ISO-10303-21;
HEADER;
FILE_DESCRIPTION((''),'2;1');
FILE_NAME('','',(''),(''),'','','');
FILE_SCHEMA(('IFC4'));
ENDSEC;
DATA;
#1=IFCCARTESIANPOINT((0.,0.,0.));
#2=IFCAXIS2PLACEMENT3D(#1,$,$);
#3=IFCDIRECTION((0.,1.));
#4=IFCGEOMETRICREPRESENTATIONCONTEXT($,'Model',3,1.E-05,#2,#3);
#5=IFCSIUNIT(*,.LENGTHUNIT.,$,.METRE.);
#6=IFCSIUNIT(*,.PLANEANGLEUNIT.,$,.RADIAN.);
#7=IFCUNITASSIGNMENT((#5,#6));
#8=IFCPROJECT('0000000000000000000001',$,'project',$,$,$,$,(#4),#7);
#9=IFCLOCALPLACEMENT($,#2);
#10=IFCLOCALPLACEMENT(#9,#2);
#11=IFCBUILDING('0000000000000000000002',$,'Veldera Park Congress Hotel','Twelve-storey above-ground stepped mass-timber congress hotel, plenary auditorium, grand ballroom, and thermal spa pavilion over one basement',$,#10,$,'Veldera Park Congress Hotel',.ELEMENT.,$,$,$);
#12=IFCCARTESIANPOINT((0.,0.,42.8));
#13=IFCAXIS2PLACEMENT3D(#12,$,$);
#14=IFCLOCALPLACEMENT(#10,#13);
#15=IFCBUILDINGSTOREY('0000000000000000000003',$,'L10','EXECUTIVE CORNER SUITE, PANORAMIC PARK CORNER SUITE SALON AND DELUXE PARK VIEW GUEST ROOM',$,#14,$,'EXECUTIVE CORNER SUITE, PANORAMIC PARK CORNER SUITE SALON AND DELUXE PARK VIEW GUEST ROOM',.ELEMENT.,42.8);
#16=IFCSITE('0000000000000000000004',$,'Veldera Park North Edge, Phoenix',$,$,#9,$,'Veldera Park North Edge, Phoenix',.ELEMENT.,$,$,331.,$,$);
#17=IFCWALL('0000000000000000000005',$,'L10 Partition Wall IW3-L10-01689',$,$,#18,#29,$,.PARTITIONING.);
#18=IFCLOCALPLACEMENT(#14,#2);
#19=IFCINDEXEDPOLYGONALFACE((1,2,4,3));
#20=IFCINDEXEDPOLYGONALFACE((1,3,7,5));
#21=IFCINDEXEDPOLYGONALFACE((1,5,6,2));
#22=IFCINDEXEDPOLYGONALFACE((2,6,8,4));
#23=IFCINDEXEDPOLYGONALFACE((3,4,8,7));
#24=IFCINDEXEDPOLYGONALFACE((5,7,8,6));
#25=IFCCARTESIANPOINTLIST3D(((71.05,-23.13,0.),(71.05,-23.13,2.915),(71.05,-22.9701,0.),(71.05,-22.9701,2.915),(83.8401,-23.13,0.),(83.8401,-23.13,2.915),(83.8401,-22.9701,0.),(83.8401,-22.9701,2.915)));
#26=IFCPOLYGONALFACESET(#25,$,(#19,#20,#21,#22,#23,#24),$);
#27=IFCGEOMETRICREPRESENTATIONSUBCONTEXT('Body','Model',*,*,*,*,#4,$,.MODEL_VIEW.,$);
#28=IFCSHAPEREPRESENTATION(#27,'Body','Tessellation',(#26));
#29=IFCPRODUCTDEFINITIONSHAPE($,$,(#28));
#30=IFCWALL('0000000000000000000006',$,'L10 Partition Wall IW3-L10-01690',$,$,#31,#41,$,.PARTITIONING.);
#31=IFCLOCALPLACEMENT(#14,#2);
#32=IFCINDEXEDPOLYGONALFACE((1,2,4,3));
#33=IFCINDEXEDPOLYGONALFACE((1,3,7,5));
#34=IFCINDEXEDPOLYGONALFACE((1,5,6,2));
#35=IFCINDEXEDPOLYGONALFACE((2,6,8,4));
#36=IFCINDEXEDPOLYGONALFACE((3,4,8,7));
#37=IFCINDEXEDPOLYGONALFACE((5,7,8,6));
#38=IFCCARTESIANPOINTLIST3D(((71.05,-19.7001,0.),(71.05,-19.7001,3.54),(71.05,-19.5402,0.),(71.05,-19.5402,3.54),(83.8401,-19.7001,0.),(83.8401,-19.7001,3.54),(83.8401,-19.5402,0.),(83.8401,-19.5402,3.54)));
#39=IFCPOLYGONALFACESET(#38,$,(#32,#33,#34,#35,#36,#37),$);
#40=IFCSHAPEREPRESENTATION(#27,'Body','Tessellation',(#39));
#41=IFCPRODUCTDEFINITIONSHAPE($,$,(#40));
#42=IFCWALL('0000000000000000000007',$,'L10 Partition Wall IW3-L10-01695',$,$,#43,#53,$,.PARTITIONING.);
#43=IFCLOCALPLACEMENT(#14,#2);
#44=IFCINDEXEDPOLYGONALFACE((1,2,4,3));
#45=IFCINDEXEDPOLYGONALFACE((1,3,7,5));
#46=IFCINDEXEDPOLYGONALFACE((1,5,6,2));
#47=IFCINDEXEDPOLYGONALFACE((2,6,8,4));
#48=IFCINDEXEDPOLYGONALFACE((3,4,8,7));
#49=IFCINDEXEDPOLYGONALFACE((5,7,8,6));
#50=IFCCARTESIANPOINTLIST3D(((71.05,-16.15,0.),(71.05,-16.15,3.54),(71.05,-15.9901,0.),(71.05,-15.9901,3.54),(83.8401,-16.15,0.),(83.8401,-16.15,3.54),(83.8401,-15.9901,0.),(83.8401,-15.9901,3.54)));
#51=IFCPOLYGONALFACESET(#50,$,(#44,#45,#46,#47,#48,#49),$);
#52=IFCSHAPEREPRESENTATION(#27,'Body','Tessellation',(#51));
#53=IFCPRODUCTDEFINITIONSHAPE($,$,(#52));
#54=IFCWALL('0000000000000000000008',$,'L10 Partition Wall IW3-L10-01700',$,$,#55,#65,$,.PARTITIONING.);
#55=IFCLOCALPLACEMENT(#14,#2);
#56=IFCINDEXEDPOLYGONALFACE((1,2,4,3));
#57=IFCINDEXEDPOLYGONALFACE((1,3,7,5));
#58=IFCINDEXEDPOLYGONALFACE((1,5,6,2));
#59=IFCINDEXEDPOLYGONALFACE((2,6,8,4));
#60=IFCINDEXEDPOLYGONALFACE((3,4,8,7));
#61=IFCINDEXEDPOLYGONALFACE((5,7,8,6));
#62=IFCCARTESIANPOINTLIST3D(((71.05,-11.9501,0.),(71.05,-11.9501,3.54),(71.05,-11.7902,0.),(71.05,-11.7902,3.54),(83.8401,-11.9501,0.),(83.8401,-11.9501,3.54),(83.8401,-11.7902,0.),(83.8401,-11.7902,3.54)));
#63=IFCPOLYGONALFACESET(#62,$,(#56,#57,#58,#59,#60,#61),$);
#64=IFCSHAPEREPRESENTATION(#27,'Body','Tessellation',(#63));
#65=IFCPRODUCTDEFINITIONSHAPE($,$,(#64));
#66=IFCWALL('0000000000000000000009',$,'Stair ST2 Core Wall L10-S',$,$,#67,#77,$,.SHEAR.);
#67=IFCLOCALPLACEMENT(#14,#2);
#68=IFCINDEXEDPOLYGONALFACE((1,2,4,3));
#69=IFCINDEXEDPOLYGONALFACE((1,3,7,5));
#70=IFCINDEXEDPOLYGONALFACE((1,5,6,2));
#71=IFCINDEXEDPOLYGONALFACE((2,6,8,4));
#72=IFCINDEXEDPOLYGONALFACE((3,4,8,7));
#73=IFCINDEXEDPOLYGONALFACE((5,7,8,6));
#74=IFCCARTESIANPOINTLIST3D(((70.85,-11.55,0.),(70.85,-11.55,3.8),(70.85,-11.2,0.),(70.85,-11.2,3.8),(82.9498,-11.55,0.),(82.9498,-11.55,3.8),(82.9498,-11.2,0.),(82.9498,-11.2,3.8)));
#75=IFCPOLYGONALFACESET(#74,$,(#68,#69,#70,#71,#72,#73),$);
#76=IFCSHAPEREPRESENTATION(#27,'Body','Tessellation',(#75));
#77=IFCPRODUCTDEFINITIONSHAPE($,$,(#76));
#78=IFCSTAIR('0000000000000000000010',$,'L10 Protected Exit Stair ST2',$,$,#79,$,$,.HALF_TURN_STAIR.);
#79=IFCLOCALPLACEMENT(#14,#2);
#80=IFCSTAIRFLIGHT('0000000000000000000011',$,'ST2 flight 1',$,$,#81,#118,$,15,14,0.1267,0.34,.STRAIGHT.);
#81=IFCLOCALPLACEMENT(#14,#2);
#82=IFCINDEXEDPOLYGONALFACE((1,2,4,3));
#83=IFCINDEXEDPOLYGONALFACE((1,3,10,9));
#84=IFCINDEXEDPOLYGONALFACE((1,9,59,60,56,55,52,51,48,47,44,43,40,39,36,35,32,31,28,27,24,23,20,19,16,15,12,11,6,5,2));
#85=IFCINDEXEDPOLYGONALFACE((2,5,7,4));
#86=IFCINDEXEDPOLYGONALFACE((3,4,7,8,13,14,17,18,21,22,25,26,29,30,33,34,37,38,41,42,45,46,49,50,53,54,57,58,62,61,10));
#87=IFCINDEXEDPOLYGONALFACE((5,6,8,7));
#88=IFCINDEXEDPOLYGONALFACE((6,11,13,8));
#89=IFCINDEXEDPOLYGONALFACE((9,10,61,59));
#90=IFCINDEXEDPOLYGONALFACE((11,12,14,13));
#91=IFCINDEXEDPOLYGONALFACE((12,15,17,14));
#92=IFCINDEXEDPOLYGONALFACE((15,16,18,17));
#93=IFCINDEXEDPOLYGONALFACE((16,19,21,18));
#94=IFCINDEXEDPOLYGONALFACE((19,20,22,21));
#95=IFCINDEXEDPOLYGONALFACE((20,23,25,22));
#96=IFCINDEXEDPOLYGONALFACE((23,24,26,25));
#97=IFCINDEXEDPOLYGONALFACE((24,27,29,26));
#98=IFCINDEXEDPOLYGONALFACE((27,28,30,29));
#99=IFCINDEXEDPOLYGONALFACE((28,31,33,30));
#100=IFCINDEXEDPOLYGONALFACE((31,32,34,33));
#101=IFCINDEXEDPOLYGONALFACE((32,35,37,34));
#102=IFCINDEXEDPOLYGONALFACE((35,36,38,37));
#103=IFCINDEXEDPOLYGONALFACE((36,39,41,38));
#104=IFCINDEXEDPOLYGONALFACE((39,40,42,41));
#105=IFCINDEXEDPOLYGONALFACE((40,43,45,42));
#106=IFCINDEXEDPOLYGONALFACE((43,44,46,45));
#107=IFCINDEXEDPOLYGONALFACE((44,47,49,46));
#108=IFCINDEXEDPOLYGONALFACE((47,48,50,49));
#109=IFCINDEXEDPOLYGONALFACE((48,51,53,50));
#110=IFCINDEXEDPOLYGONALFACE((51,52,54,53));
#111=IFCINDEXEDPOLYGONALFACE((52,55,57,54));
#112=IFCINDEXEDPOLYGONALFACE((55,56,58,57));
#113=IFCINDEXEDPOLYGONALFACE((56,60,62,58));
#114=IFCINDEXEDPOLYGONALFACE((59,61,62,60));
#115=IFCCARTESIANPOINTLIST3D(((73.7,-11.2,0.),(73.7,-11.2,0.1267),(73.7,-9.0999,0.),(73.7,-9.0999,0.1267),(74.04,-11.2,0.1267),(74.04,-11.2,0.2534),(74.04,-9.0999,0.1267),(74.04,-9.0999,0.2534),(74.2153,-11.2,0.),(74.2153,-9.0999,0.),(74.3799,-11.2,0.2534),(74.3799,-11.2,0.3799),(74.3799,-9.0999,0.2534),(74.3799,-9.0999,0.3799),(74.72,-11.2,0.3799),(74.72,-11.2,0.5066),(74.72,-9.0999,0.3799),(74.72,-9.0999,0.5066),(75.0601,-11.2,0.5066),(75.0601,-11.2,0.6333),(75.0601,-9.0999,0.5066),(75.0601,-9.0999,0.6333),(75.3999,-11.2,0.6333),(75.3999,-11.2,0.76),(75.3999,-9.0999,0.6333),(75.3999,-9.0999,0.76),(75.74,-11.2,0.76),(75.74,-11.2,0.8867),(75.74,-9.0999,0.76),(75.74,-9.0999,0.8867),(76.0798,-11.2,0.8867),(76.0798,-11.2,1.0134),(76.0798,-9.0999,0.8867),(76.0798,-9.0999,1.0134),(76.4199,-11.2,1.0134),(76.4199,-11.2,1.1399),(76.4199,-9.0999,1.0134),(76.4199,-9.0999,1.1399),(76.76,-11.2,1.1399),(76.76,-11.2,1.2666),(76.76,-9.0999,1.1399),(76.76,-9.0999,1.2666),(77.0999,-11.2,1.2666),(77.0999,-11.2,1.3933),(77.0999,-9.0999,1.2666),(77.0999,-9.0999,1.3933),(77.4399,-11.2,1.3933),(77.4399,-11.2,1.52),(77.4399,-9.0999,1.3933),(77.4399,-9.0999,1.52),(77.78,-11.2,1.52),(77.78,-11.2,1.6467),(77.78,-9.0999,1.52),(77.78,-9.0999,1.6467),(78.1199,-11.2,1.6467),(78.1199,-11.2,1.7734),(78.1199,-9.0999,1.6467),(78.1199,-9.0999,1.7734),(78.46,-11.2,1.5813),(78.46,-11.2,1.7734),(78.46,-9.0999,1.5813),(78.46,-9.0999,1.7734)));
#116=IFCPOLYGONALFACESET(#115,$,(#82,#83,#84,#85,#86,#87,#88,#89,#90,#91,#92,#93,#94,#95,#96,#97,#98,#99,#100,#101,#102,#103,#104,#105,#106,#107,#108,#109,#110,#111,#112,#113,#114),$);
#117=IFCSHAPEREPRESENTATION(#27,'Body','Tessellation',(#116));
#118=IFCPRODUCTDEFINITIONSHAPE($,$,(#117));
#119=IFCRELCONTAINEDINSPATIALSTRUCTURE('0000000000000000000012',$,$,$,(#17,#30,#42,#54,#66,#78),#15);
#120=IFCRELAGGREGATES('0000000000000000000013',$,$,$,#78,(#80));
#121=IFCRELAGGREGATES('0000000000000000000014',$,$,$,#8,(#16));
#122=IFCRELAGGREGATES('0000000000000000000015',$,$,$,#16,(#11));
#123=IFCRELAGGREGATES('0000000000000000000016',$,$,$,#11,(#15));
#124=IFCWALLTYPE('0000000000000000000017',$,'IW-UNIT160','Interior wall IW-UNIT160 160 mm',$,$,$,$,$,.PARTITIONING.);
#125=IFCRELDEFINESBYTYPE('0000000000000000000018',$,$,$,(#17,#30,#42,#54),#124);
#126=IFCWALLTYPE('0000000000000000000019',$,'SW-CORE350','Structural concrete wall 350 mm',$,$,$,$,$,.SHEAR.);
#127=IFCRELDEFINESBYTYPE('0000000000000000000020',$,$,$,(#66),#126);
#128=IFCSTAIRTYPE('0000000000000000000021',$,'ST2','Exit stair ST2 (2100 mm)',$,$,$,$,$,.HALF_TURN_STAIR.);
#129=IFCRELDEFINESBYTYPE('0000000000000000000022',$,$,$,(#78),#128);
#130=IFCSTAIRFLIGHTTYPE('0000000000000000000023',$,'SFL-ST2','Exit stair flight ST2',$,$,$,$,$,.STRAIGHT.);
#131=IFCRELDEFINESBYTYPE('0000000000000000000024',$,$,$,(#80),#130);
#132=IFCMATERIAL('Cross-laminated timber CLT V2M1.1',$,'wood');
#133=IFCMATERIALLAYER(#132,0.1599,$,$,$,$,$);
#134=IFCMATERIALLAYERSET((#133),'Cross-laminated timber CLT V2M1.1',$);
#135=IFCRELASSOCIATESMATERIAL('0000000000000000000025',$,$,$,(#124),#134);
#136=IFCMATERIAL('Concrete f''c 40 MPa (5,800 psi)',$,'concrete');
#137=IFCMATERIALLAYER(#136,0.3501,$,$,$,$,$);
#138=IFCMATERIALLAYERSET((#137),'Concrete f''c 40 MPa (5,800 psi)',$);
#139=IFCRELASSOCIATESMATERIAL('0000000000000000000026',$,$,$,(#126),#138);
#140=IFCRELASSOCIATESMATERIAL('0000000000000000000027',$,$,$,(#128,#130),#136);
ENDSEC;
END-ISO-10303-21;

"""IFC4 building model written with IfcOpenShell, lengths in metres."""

from ifc_helpers import new_model, si_unit, direction, frame, frame_2d, origin, place, context, subcontext, project, spatial, polyline, rectangle, outline, extrude, material, layer, layer_set, type_object, element, aggregate, save


model = new_model("IFC4")

# Units and contexts
model_context = context("Model", 3, precision=1e-05, world=origin(), true_north=direction((0.0, 1.0)))
body_context = subcontext(model_context, "Body", "Model", "MODEL_VIEW")
ifc_project = project(units=[si_unit("LENGTHUNIT", "METRE"), si_unit("PLANEANGLEUNIT", "RADIAN")], contexts=[model_context])

# Site, building, storey
site_placement = place(None, origin())
site = spatial("IfcSite", under=ifc_project, at=site_placement, Name="Veldera Park North Edge, Phoenix", LongName="Veldera Park North Edge, Phoenix", CompositionType="ELEMENT", RefElevation=331.0)
building_placement = place(site_placement, origin())
building = spatial("IfcBuilding", under=site, at=building_placement, Name="Veldera Park Congress Hotel", Description="Twelve-storey above-ground stepped mass-timber congress hotel, plenary auditorium, grand ballroom, and thermal spa pavilion over one basement", LongName="Veldera Park Congress Hotel", CompositionType="ELEMENT")
storey_placement = place(building_placement, frame((0.0, 0.0, 42.8)))
storey = spatial("IfcBuildingStorey", under=building, at=storey_placement, Name="L10", Description="EXECUTIVE CORNER SUITE, PANORAMIC PARK CORNER SUITE SALON AND DELUXE PARK VIEW GUEST ROOM", LongName="EXECUTIVE CORNER SUITE, PANORAMIC PARK CORNER SUITE SALON AND DELUXE PARK VIEW GUEST ROOM", CompositionType="ELEMENT", Elevation=42.8)

# Walls
ifc_material_1 = material(Name="Cross-laminated timber CLT V2M1.1", Category="wood")
ifc_layer_1 = layer(ifc_material_1, 0.1599)
ifc_layer_set_1 = layer_set([ifc_layer_1], Name="Cross-laminated timber CLT V2M1.1")
wall_type_1 = type_object("IfcWallType", Name="IW-UNIT160", Description="Interior wall IW-UNIT160 160 mm", PredefinedType="PARTITIONING", material=ifc_layer_set_1)
wall_1_placement = place(storey_placement, frame((71.05, -23.05, 0.0), z_axis=(0.0, 0.0, 1.0), x_axis=(1.0, 0.0, 0.0)))
element("IfcWall", 1, at=wall_1_placement, inside=storey, type_object=wall_type_1, Name="L10 Partition Wall IW3-L10-01689", PredefinedType="PARTITIONING", context=body_context, shape_type="SweptSolid", body=[
    extrude(rectangle(XDim=12.79, YDim=0.1599, at=frame_2d((6.395, 0.0))), origin(), (0.0, 0.0, 1.0), 2.915),
])
for number, where, z_axis, x_axis, name in (
    (2, (71.05, -19.6201, 0.0), (0.0, 0.0, 1.0), (1.0, 0.0, 0.0), "L10 Partition Wall IW3-L10-01690"),
    (3, (71.05, -16.0701, 0.0), (0.0, 0.0, 1.0), (1.0, 0.0, 0.0), "L10 Partition Wall IW3-L10-01695"),
    (4, (71.05, -11.8701, 0.0), (0.0, 0.0, 1.0), (1.0, 0.0, 0.0), "L10 Partition Wall IW3-L10-01700"),
):
    element("IfcWall", number, at=place(storey_placement, frame(where, z_axis=z_axis, x_axis=x_axis)), inside=storey, type_object=wall_type_1, Name=name, PredefinedType="PARTITIONING", context=body_context, shape_type="SweptSolid", body=[
        extrude(rectangle(XDim=12.79, YDim=0.1599, at=frame_2d((6.395, 0.0))), origin(), (0.0, 0.0, 1.0), 3.54),
    ])
ifc_material_2 = material(Name="Concrete f'c 40 MPa (5,800 psi)", Category="concrete")
ifc_layer_2 = layer(ifc_material_2, 0.3501)
ifc_layer_set_2 = layer_set([ifc_layer_2], Name="Concrete f'c 40 MPa (5,800 psi)")
wall_type_2 = type_object("IfcWallType", Name="SW-CORE350", Description="Structural concrete wall 350 mm", PredefinedType="SHEAR", material=ifc_layer_set_2)
wall_2_placement = place(storey_placement, frame((70.8501, -11.375, 0.0), z_axis=(0.0, 0.0, 1.0), x_axis=(1.0, 0.0, 0.0)))
element("IfcWall", 5, at=wall_2_placement, inside=storey, type_object=wall_type_2, Name="Stair ST2 Core Wall L10-S", PredefinedType="SHEAR", context=body_context, shape_type="SweptSolid", body=[
    extrude(rectangle(XDim=12.0999, YDim=0.3501, at=frame_2d((6.0498, 0.0))), origin(), (0.0, 0.0, 1.0), 3.8),
])

# Stair, stair flight
stair_type = type_object("IfcStairType", Name="ST2", Description="Exit stair ST2 (2100 mm)", PredefinedType="HALF_TURN_STAIR", material=ifc_material_2)
stair_placement = place(storey_placement, origin())
stair = element("IfcStair", 6, at=stair_placement, inside=storey, type_object=stair_type, Name="L10 Protected Exit Stair ST2", PredefinedType="HALF_TURN_STAIR")
stair_flight_type = type_object("IfcStairFlightType", Name="SFL-ST2", Description="Exit stair flight ST2", PredefinedType="STRAIGHT", material=ifc_material_2)
stair_flight_placement = place(storey_placement, frame((73.7, -10.1499, 0.0), z_axis=(0.0, 0.0, 1.0), x_axis=(1.0, 0.0, 0.0)))
stair_flight = element("IfcStairFlight", 7, at=stair_flight_placement, type_object=stair_flight_type, Name="ST2 flight 1", NumberOfRisers=15, NumberOfTreads=14, PredefinedType="STRAIGHT", RiserHeight=0.1267, TreadLength=0.34, context=body_context, shape_type="SweptSolid", body=[
    extrude(outline(polyline([(0.0, 0.0), (0.0, 0.1267), (0.3401, 0.1267), (0.3401, 0.2534), (0.6799, 0.2534), (0.6799, 0.3799), (1.02, 0.3799), (1.02, 0.5066), (1.3601, 0.5066), (1.3601, 0.6333), (1.7, 0.6333), (1.7, 0.76), (2.04, 0.76), (2.04, 0.8867), (2.3799, 0.8867), (2.3799, 1.0134), (2.72, 1.0134), (2.72, 1.1399), (3.0601, 1.1399), (3.0601, 1.2666), (3.3999, 1.2666), (3.3999, 1.3933), (3.74, 1.3933), (3.74, 1.52), (4.0801, 1.52), (4.0801, 1.6467), (4.4199, 1.6467), (4.4199, 1.7734), (4.76, 1.7734), (4.76, 1.8999), (4.76, 1.8999), (4.76, 1.5813), (0.5154, 0.0), (0.0, 0.0)])), frame((0.0, 1.05, 0.0), z_axis=(0.0, -1.0, 0.0), x_axis=(1.0, 0.0, 0.0)), (0.0, 0.0, 1.0), 2.1001),
])
aggregate(stair, [stair_flight])

save(model, "model.ifc")
